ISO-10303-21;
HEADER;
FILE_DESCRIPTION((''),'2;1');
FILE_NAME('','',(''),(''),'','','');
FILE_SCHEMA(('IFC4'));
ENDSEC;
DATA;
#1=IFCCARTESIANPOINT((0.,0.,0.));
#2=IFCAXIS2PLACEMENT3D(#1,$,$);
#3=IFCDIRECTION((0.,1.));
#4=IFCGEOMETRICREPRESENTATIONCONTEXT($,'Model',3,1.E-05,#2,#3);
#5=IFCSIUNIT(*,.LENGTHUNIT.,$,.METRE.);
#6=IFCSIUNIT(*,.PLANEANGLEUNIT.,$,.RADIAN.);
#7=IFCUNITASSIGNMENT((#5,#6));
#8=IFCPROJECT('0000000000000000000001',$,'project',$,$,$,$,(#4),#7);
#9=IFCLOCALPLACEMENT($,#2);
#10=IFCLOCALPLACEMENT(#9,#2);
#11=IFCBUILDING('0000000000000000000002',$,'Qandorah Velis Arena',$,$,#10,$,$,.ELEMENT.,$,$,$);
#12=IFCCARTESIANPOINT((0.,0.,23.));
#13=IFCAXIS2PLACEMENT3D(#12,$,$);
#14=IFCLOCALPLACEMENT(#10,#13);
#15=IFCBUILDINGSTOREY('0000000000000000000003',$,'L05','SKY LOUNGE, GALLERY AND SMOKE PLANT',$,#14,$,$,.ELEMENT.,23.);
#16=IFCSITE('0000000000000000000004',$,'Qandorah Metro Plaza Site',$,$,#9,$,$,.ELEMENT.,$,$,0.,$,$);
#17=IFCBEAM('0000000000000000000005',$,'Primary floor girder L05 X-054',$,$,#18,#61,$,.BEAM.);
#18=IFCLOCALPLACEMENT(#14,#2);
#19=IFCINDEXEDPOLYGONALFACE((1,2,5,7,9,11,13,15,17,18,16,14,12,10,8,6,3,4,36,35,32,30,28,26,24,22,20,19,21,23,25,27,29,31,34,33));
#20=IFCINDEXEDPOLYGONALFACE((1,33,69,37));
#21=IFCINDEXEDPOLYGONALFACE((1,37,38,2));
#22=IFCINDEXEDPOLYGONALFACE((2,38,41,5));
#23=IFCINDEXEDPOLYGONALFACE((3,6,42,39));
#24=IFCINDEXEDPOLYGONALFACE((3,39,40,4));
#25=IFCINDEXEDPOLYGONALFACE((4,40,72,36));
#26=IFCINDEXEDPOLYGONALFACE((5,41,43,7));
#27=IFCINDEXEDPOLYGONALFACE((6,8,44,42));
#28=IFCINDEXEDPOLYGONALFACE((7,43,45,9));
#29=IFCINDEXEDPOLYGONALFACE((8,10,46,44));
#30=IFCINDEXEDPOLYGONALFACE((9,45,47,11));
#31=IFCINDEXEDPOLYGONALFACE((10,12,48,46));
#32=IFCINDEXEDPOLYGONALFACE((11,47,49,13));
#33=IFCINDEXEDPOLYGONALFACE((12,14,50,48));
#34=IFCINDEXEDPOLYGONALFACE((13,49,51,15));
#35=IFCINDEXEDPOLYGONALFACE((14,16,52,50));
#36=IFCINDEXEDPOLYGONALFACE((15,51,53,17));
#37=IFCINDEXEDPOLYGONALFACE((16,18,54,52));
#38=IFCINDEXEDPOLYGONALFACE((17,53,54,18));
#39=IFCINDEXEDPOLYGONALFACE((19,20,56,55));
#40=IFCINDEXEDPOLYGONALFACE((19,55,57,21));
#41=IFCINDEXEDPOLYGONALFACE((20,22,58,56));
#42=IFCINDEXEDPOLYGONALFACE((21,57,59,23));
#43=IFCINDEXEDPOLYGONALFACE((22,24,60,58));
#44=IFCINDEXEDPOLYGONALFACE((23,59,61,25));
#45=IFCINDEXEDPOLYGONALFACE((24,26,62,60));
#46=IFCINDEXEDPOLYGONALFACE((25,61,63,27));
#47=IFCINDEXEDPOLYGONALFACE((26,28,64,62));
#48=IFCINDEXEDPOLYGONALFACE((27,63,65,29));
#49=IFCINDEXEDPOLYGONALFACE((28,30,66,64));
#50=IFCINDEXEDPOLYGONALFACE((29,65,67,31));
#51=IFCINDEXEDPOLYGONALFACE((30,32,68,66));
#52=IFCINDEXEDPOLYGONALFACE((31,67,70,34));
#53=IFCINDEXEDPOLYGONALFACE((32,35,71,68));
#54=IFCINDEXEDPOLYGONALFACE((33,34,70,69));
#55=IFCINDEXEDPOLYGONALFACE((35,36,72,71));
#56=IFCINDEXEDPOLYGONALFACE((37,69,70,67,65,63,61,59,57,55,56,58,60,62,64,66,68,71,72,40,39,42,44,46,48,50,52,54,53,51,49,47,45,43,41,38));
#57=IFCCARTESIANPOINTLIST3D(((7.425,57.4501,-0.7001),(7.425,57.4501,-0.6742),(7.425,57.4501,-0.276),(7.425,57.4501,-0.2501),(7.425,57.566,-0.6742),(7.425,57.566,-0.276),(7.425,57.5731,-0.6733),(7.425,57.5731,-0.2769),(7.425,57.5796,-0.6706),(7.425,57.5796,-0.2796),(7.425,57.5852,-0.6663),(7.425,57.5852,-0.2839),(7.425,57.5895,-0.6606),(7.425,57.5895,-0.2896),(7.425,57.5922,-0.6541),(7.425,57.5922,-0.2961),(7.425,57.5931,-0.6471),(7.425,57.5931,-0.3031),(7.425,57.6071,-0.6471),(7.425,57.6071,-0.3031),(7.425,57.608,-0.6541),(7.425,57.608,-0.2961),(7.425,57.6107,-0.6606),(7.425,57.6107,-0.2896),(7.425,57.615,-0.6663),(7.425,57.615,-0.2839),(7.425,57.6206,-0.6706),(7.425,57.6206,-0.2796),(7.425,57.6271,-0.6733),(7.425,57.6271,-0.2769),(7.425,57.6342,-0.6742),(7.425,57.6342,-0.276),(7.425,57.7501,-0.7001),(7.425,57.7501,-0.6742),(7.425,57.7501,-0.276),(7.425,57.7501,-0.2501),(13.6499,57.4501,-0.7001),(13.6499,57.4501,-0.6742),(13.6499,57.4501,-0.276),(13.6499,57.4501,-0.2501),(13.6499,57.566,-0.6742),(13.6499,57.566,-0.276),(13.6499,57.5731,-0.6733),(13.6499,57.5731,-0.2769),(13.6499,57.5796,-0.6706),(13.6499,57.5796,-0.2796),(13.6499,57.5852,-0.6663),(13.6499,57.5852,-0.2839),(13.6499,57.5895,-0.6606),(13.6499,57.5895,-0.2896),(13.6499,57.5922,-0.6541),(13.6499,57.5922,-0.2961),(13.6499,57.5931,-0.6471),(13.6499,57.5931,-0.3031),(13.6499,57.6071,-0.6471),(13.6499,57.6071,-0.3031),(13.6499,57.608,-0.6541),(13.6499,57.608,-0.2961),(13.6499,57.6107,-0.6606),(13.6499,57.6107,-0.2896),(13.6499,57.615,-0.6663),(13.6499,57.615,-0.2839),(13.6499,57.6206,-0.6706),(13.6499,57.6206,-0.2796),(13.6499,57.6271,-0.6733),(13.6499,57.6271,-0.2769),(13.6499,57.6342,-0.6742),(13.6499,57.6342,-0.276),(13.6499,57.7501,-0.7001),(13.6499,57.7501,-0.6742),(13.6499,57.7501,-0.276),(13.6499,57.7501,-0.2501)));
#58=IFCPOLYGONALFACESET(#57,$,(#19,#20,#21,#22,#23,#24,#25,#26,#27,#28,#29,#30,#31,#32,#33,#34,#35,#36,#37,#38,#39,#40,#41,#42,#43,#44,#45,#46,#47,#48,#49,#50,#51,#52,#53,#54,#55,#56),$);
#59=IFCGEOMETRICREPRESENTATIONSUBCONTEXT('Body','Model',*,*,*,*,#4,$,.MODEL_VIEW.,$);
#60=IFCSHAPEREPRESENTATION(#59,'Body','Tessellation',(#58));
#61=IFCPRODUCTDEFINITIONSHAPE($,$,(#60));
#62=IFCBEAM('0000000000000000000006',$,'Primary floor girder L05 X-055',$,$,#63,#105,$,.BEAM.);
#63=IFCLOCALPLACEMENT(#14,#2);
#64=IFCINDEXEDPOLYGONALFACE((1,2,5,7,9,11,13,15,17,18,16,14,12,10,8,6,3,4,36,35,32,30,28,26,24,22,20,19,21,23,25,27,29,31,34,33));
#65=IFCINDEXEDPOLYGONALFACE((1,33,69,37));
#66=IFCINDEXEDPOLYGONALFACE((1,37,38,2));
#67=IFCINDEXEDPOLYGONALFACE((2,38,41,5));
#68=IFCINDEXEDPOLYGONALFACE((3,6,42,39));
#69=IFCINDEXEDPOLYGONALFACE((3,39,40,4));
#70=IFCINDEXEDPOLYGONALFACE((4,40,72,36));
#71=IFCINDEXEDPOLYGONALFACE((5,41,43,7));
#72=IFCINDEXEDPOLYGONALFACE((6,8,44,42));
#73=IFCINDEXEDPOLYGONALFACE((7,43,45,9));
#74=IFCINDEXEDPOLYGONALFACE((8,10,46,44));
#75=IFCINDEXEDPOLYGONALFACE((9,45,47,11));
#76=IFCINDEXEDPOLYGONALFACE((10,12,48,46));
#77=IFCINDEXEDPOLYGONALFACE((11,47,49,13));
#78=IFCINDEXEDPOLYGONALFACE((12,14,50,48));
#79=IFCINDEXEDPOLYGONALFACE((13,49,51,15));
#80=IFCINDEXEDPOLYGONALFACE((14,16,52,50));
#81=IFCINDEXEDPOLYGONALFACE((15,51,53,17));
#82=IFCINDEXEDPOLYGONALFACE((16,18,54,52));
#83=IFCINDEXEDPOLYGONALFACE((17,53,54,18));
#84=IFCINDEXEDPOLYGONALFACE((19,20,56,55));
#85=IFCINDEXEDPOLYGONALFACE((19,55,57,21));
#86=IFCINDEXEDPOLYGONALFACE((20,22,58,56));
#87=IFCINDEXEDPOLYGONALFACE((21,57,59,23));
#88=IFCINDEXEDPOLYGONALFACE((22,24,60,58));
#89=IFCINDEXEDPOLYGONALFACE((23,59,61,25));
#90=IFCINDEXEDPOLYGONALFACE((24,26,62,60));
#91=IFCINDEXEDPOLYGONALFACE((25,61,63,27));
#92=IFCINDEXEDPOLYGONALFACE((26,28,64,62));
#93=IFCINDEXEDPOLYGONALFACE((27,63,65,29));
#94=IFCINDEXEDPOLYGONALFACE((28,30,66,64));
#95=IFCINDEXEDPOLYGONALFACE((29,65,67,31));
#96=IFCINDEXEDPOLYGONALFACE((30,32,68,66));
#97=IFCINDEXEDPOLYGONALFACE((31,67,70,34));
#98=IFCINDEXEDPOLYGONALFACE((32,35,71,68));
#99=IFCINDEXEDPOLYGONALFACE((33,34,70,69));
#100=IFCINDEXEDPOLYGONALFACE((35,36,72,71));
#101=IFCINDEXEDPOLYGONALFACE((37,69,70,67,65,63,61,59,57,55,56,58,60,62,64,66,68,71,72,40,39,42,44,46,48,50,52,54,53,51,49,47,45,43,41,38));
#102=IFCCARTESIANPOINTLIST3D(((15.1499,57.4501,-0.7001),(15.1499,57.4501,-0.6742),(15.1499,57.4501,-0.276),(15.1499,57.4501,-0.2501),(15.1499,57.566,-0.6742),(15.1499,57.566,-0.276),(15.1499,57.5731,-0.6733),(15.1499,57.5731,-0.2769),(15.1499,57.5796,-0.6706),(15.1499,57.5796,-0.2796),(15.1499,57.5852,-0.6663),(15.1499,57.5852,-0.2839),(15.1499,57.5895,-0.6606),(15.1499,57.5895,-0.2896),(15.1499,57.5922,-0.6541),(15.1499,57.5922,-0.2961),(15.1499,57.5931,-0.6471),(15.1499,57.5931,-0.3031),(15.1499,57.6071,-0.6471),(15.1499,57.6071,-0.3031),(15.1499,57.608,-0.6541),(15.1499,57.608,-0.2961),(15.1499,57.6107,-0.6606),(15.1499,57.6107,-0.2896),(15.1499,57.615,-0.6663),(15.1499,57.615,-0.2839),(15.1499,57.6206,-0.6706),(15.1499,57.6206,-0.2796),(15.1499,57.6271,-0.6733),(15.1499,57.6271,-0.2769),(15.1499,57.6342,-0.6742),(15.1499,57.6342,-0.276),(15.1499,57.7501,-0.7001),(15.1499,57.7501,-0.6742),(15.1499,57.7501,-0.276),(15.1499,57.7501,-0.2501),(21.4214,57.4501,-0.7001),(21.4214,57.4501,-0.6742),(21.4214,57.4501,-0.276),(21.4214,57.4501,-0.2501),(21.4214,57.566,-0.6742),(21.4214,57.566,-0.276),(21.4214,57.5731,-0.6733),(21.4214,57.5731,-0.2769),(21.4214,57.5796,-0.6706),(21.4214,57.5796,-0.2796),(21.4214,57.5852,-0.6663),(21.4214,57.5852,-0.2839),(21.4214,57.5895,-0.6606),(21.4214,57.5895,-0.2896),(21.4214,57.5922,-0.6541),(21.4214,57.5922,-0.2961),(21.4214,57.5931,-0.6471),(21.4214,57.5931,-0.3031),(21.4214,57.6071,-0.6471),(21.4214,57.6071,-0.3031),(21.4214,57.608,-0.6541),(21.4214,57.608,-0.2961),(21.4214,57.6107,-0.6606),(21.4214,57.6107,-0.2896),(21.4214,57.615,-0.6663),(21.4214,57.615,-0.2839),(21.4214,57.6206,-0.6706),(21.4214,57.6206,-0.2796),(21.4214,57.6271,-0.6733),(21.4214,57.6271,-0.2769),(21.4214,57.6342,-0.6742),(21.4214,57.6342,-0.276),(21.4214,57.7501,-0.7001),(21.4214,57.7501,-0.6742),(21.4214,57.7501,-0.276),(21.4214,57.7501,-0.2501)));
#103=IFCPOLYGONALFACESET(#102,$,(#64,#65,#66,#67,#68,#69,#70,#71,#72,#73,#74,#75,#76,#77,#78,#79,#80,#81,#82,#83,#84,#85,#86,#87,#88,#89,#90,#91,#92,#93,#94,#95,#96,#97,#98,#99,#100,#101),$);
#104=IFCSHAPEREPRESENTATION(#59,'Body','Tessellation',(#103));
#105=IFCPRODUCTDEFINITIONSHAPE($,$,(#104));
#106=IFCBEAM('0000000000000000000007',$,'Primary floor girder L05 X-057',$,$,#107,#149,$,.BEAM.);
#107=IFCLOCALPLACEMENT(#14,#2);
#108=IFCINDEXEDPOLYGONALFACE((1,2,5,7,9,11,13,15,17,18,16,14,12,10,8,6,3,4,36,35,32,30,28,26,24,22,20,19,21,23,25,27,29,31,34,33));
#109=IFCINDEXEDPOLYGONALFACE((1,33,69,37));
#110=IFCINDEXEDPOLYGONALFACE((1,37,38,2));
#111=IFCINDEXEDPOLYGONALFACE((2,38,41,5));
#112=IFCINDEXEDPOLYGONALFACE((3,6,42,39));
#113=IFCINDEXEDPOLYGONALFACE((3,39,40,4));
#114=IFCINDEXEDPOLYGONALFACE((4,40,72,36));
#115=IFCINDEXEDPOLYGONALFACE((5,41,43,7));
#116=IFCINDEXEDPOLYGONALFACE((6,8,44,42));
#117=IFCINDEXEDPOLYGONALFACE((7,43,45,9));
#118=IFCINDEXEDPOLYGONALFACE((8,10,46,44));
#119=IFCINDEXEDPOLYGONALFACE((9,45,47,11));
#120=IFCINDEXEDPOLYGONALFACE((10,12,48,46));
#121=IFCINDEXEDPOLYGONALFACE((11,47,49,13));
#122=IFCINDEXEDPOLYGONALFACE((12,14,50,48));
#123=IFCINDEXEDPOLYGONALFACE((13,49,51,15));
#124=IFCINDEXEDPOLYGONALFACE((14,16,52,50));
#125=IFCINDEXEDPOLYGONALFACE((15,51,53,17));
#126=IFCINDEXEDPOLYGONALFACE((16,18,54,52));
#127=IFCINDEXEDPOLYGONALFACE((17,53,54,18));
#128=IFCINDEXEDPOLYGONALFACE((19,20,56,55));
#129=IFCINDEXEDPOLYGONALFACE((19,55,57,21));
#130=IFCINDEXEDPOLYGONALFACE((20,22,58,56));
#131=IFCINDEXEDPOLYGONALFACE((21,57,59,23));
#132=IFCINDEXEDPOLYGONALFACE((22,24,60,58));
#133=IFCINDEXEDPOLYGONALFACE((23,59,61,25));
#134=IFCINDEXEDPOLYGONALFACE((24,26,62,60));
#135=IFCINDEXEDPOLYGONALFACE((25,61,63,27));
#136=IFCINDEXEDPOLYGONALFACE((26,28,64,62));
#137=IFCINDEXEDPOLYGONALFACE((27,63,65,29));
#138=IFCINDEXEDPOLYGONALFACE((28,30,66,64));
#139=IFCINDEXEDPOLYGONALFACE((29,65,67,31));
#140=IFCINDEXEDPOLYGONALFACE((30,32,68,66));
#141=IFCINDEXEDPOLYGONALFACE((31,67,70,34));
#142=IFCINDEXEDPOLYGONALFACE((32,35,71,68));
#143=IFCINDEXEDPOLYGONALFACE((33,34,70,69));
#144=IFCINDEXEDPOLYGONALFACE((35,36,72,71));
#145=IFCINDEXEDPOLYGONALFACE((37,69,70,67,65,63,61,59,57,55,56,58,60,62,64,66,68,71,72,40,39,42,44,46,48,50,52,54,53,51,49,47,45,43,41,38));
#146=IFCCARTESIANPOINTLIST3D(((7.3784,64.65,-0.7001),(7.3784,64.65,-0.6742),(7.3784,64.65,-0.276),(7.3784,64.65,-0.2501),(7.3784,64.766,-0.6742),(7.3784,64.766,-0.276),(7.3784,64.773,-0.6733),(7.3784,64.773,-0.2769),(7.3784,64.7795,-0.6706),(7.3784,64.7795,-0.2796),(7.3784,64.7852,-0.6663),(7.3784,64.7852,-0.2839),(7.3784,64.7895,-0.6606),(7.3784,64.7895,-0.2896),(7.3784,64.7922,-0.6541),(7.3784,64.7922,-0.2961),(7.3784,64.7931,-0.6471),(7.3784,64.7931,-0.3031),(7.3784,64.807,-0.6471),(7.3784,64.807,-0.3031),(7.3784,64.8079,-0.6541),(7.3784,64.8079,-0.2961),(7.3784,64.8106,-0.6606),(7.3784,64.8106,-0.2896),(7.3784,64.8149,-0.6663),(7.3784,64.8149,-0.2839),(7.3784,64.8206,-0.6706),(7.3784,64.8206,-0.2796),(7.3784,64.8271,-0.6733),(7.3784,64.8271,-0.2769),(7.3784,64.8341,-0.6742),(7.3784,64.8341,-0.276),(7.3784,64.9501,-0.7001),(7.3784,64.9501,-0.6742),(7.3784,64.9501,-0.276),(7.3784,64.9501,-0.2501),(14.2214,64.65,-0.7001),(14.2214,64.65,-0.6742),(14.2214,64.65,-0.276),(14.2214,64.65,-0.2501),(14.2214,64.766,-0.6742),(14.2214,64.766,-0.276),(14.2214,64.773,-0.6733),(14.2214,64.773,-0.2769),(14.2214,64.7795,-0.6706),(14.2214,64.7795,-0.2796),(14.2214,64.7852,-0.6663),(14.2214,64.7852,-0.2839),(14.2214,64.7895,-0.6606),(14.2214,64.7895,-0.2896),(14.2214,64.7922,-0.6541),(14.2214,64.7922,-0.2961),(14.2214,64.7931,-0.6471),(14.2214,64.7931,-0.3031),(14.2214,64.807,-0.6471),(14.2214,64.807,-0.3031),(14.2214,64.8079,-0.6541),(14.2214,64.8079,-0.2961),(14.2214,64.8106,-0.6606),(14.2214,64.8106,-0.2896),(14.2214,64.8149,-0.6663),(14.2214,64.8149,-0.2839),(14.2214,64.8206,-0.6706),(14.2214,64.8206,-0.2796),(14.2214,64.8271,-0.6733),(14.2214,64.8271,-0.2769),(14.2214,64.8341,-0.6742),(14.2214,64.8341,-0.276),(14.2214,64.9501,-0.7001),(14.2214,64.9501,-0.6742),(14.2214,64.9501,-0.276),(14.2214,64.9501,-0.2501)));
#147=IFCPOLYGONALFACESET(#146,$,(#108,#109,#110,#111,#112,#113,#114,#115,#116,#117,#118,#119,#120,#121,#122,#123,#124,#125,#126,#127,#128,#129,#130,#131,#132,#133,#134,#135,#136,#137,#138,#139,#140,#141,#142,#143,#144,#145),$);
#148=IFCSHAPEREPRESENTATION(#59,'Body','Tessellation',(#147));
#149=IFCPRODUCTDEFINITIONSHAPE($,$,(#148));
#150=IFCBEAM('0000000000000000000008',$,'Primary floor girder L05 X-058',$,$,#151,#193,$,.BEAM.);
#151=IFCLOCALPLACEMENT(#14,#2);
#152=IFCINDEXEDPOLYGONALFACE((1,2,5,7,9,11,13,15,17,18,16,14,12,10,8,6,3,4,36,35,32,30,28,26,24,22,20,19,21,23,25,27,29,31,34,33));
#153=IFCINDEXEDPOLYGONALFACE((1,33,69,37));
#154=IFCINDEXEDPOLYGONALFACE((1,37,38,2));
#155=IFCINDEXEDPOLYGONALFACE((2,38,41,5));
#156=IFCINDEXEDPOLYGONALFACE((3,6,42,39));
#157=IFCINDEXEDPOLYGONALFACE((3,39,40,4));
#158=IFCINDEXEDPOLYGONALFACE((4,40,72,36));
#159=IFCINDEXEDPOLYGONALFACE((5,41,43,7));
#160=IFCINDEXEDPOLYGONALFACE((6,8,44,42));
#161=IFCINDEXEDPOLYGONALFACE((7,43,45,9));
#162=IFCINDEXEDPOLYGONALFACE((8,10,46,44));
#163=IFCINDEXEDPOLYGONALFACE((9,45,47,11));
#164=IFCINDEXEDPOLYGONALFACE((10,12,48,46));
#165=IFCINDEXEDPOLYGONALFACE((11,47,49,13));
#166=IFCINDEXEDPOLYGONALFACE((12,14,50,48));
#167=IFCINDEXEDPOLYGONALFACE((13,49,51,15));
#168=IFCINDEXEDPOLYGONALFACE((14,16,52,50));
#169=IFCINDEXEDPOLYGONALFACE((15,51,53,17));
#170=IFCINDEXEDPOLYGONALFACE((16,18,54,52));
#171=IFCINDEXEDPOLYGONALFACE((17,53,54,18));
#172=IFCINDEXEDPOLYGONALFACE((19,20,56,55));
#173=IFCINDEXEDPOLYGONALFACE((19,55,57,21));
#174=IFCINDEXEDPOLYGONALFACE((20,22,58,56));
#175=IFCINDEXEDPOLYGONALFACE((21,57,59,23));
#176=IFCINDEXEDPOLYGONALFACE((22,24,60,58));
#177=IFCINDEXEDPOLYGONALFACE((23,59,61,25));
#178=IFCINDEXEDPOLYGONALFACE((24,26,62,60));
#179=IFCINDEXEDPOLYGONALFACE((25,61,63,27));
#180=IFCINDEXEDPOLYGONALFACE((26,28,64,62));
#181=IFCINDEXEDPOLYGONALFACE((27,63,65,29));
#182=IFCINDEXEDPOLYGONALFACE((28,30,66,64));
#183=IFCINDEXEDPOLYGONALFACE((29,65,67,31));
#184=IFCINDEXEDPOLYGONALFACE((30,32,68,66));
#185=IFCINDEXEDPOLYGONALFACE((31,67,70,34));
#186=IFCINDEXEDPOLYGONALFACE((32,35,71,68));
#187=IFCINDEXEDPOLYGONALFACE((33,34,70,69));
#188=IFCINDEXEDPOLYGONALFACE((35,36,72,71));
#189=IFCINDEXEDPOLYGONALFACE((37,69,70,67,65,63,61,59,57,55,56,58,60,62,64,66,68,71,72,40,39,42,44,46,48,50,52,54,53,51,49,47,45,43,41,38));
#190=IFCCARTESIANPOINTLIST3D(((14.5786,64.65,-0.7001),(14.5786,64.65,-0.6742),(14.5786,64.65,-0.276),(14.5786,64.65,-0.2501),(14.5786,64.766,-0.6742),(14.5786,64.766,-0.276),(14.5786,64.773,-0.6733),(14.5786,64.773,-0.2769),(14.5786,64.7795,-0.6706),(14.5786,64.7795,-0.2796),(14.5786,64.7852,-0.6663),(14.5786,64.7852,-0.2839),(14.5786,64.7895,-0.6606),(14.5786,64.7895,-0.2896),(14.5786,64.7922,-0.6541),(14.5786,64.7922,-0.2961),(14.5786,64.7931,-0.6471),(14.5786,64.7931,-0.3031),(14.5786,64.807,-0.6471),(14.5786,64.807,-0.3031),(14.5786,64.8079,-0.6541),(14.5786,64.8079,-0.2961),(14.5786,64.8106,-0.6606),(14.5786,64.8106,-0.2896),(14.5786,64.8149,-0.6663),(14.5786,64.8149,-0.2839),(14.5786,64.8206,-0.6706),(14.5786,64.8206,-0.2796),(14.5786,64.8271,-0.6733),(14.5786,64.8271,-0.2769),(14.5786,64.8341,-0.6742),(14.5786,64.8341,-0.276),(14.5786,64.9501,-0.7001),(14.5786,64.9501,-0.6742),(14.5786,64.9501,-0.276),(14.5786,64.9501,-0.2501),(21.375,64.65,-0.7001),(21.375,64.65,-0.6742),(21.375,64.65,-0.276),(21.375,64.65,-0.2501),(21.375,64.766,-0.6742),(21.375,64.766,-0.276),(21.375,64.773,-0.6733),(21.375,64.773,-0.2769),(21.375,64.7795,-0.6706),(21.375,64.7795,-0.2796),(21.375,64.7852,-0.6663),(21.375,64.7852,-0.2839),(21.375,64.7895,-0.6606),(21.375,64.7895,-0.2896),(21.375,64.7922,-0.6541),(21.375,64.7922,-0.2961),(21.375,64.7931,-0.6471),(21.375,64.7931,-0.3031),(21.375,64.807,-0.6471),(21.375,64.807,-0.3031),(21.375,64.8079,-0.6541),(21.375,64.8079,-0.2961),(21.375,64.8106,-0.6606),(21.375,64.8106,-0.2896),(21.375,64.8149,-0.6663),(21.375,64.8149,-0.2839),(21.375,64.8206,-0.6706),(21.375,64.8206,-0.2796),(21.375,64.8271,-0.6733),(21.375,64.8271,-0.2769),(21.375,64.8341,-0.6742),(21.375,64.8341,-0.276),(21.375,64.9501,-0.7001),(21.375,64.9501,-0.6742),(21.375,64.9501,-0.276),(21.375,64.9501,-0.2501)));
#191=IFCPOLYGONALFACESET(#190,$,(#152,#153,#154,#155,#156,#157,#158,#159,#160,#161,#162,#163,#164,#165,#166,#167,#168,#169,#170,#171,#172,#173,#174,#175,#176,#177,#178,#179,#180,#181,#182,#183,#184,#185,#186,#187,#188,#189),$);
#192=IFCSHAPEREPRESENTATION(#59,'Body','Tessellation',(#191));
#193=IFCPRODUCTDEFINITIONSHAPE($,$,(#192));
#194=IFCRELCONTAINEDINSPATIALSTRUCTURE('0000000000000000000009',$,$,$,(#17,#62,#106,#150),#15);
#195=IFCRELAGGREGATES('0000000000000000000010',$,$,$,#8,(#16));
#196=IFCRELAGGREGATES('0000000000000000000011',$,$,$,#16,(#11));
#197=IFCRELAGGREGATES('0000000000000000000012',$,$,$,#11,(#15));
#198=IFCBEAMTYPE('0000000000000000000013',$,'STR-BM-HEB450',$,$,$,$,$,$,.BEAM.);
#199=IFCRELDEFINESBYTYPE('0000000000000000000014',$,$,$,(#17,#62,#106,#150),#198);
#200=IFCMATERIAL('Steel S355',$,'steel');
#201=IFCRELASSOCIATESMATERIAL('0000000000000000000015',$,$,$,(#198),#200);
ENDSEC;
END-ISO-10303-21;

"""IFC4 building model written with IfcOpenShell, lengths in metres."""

from ifc_helpers import new_model, si_unit, direction, frame, origin, origin_2d, place, context, subcontext, project, spatial, i_section, extrude, material, material_profile, profile_set, type_object, element, save


model = new_model("IFC4")

# Units and contexts
model_context = context("Model", 3, precision=1e-05, world=origin(), true_north=direction((0.0, 1.0)))
body_context = subcontext(model_context, "Body", "Model", "MODEL_VIEW")
ifc_project = project(units=[si_unit("LENGTHUNIT", "METRE"), si_unit("PLANEANGLEUNIT", "RADIAN")], contexts=[model_context])

# Site, building, storey
site_placement = place(None, origin())
site = spatial("IfcSite", under=ifc_project, at=site_placement, Name="Qandorah Metro Plaza Site", CompositionType="ELEMENT", RefElevation=0.0)
building_placement = place(site_placement, origin())
building = spatial("IfcBuilding", under=site, at=building_placement, Name="Qandorah Velis Arena", CompositionType="ELEMENT")
storey_placement = place(building_placement, frame((0.0, 0.0, 23.0)))
storey = spatial("IfcBuildingStorey", under=building, at=storey_placement, Name="L05", Description="SKY LOUNGE, GALLERY AND SMOKE PLANT", CompositionType="ELEMENT", Elevation=23.0)

# Beams
ifc_material_1 = material(Name="Steel S355", Category="steel")
ifc_material_profile_1 = material_profile(ifc_material_1, i_section(OverallWidth=0.3, OverallDepth=0.45, WebThickness=0.0139, FlangeThickness=0.0259, FilletRadius=0.0271, at=origin_2d()), Name="HEB 450")
ifc_profile_set_1 = profile_set([ifc_material_profile_1], Name="Steel S355")
beam_type_1 = type_object("IfcBeamType", Name="STR-BM-HEB450", PredefinedType="BEAM", material=ifc_profile_set_1)
beam_1_placement = place(storey_placement, frame((7.425, 57.6001, -0.4751), z_axis=(1.0, 0.0, 0.0), x_axis=(0.0, 1.0, 0.0)))
element("IfcBeam", 1, at=beam_1_placement, inside=storey, type_object=beam_type_1, Name="Primary floor girder L05 X-054", PredefinedType="BEAM", context=body_context, shape_type="SweptSolid", body=[
    extrude(i_section(OverallWidth=0.3, OverallDepth=0.45, WebThickness=0.0139, FlangeThickness=0.0259, FilletRadius=0.0271, at=origin_2d()), origin(), (0.0, 0.0, 1.0), 6.2249),
])
beam_2_placement = place(storey_placement, frame((15.1499, 57.6001, -0.4751), z_axis=(1.0, 0.0, 0.0), x_axis=(0.0, 1.0, 0.0)))
element("IfcBeam", 2, at=beam_2_placement, inside=storey, type_object=beam_type_1, Name="Primary floor girder L05 X-055", PredefinedType="BEAM", context=body_context, shape_type="SweptSolid", body=[
    extrude(i_section(OverallWidth=0.3, OverallDepth=0.45, WebThickness=0.0139, FlangeThickness=0.0259, FilletRadius=0.0271, at=origin_2d()), origin(), (0.0, 0.0, 1.0), 6.2715),
])
beam_3_placement = place(storey_placement, frame((7.3784, 64.8, -0.4751), z_axis=(1.0, 0.0, 0.0), x_axis=(0.0, 1.0, 0.0)))
element("IfcBeam", 3, at=beam_3_placement, inside=storey, type_object=beam_type_1, Name="Primary floor girder L05 X-057", PredefinedType="BEAM", context=body_context, shape_type="SweptSolid", body=[
    extrude(i_section(OverallWidth=0.3, OverallDepth=0.45, WebThickness=0.0139, FlangeThickness=0.0259, FilletRadius=0.0271, at=origin_2d()), origin(), (0.0, 0.0, 1.0), 6.843),
])
beam_4_placement = place(storey_placement, frame((14.5786, 64.8, -0.4751), z_axis=(1.0, 0.0, 0.0), x_axis=(0.0, 1.0, 0.0)))
element("IfcBeam", 4, at=beam_4_placement, inside=storey, type_object=beam_type_1, Name="Primary floor girder L05 X-058", PredefinedType="BEAM", context=body_context, shape_type="SweptSolid", body=[
    extrude(i_section(OverallWidth=0.3, OverallDepth=0.45, WebThickness=0.0139, FlangeThickness=0.0259, FilletRadius=0.0271, at=origin_2d()), origin(), (0.0, 0.0, 1.0), 6.7964),
])

save(model, "model.ifc")
